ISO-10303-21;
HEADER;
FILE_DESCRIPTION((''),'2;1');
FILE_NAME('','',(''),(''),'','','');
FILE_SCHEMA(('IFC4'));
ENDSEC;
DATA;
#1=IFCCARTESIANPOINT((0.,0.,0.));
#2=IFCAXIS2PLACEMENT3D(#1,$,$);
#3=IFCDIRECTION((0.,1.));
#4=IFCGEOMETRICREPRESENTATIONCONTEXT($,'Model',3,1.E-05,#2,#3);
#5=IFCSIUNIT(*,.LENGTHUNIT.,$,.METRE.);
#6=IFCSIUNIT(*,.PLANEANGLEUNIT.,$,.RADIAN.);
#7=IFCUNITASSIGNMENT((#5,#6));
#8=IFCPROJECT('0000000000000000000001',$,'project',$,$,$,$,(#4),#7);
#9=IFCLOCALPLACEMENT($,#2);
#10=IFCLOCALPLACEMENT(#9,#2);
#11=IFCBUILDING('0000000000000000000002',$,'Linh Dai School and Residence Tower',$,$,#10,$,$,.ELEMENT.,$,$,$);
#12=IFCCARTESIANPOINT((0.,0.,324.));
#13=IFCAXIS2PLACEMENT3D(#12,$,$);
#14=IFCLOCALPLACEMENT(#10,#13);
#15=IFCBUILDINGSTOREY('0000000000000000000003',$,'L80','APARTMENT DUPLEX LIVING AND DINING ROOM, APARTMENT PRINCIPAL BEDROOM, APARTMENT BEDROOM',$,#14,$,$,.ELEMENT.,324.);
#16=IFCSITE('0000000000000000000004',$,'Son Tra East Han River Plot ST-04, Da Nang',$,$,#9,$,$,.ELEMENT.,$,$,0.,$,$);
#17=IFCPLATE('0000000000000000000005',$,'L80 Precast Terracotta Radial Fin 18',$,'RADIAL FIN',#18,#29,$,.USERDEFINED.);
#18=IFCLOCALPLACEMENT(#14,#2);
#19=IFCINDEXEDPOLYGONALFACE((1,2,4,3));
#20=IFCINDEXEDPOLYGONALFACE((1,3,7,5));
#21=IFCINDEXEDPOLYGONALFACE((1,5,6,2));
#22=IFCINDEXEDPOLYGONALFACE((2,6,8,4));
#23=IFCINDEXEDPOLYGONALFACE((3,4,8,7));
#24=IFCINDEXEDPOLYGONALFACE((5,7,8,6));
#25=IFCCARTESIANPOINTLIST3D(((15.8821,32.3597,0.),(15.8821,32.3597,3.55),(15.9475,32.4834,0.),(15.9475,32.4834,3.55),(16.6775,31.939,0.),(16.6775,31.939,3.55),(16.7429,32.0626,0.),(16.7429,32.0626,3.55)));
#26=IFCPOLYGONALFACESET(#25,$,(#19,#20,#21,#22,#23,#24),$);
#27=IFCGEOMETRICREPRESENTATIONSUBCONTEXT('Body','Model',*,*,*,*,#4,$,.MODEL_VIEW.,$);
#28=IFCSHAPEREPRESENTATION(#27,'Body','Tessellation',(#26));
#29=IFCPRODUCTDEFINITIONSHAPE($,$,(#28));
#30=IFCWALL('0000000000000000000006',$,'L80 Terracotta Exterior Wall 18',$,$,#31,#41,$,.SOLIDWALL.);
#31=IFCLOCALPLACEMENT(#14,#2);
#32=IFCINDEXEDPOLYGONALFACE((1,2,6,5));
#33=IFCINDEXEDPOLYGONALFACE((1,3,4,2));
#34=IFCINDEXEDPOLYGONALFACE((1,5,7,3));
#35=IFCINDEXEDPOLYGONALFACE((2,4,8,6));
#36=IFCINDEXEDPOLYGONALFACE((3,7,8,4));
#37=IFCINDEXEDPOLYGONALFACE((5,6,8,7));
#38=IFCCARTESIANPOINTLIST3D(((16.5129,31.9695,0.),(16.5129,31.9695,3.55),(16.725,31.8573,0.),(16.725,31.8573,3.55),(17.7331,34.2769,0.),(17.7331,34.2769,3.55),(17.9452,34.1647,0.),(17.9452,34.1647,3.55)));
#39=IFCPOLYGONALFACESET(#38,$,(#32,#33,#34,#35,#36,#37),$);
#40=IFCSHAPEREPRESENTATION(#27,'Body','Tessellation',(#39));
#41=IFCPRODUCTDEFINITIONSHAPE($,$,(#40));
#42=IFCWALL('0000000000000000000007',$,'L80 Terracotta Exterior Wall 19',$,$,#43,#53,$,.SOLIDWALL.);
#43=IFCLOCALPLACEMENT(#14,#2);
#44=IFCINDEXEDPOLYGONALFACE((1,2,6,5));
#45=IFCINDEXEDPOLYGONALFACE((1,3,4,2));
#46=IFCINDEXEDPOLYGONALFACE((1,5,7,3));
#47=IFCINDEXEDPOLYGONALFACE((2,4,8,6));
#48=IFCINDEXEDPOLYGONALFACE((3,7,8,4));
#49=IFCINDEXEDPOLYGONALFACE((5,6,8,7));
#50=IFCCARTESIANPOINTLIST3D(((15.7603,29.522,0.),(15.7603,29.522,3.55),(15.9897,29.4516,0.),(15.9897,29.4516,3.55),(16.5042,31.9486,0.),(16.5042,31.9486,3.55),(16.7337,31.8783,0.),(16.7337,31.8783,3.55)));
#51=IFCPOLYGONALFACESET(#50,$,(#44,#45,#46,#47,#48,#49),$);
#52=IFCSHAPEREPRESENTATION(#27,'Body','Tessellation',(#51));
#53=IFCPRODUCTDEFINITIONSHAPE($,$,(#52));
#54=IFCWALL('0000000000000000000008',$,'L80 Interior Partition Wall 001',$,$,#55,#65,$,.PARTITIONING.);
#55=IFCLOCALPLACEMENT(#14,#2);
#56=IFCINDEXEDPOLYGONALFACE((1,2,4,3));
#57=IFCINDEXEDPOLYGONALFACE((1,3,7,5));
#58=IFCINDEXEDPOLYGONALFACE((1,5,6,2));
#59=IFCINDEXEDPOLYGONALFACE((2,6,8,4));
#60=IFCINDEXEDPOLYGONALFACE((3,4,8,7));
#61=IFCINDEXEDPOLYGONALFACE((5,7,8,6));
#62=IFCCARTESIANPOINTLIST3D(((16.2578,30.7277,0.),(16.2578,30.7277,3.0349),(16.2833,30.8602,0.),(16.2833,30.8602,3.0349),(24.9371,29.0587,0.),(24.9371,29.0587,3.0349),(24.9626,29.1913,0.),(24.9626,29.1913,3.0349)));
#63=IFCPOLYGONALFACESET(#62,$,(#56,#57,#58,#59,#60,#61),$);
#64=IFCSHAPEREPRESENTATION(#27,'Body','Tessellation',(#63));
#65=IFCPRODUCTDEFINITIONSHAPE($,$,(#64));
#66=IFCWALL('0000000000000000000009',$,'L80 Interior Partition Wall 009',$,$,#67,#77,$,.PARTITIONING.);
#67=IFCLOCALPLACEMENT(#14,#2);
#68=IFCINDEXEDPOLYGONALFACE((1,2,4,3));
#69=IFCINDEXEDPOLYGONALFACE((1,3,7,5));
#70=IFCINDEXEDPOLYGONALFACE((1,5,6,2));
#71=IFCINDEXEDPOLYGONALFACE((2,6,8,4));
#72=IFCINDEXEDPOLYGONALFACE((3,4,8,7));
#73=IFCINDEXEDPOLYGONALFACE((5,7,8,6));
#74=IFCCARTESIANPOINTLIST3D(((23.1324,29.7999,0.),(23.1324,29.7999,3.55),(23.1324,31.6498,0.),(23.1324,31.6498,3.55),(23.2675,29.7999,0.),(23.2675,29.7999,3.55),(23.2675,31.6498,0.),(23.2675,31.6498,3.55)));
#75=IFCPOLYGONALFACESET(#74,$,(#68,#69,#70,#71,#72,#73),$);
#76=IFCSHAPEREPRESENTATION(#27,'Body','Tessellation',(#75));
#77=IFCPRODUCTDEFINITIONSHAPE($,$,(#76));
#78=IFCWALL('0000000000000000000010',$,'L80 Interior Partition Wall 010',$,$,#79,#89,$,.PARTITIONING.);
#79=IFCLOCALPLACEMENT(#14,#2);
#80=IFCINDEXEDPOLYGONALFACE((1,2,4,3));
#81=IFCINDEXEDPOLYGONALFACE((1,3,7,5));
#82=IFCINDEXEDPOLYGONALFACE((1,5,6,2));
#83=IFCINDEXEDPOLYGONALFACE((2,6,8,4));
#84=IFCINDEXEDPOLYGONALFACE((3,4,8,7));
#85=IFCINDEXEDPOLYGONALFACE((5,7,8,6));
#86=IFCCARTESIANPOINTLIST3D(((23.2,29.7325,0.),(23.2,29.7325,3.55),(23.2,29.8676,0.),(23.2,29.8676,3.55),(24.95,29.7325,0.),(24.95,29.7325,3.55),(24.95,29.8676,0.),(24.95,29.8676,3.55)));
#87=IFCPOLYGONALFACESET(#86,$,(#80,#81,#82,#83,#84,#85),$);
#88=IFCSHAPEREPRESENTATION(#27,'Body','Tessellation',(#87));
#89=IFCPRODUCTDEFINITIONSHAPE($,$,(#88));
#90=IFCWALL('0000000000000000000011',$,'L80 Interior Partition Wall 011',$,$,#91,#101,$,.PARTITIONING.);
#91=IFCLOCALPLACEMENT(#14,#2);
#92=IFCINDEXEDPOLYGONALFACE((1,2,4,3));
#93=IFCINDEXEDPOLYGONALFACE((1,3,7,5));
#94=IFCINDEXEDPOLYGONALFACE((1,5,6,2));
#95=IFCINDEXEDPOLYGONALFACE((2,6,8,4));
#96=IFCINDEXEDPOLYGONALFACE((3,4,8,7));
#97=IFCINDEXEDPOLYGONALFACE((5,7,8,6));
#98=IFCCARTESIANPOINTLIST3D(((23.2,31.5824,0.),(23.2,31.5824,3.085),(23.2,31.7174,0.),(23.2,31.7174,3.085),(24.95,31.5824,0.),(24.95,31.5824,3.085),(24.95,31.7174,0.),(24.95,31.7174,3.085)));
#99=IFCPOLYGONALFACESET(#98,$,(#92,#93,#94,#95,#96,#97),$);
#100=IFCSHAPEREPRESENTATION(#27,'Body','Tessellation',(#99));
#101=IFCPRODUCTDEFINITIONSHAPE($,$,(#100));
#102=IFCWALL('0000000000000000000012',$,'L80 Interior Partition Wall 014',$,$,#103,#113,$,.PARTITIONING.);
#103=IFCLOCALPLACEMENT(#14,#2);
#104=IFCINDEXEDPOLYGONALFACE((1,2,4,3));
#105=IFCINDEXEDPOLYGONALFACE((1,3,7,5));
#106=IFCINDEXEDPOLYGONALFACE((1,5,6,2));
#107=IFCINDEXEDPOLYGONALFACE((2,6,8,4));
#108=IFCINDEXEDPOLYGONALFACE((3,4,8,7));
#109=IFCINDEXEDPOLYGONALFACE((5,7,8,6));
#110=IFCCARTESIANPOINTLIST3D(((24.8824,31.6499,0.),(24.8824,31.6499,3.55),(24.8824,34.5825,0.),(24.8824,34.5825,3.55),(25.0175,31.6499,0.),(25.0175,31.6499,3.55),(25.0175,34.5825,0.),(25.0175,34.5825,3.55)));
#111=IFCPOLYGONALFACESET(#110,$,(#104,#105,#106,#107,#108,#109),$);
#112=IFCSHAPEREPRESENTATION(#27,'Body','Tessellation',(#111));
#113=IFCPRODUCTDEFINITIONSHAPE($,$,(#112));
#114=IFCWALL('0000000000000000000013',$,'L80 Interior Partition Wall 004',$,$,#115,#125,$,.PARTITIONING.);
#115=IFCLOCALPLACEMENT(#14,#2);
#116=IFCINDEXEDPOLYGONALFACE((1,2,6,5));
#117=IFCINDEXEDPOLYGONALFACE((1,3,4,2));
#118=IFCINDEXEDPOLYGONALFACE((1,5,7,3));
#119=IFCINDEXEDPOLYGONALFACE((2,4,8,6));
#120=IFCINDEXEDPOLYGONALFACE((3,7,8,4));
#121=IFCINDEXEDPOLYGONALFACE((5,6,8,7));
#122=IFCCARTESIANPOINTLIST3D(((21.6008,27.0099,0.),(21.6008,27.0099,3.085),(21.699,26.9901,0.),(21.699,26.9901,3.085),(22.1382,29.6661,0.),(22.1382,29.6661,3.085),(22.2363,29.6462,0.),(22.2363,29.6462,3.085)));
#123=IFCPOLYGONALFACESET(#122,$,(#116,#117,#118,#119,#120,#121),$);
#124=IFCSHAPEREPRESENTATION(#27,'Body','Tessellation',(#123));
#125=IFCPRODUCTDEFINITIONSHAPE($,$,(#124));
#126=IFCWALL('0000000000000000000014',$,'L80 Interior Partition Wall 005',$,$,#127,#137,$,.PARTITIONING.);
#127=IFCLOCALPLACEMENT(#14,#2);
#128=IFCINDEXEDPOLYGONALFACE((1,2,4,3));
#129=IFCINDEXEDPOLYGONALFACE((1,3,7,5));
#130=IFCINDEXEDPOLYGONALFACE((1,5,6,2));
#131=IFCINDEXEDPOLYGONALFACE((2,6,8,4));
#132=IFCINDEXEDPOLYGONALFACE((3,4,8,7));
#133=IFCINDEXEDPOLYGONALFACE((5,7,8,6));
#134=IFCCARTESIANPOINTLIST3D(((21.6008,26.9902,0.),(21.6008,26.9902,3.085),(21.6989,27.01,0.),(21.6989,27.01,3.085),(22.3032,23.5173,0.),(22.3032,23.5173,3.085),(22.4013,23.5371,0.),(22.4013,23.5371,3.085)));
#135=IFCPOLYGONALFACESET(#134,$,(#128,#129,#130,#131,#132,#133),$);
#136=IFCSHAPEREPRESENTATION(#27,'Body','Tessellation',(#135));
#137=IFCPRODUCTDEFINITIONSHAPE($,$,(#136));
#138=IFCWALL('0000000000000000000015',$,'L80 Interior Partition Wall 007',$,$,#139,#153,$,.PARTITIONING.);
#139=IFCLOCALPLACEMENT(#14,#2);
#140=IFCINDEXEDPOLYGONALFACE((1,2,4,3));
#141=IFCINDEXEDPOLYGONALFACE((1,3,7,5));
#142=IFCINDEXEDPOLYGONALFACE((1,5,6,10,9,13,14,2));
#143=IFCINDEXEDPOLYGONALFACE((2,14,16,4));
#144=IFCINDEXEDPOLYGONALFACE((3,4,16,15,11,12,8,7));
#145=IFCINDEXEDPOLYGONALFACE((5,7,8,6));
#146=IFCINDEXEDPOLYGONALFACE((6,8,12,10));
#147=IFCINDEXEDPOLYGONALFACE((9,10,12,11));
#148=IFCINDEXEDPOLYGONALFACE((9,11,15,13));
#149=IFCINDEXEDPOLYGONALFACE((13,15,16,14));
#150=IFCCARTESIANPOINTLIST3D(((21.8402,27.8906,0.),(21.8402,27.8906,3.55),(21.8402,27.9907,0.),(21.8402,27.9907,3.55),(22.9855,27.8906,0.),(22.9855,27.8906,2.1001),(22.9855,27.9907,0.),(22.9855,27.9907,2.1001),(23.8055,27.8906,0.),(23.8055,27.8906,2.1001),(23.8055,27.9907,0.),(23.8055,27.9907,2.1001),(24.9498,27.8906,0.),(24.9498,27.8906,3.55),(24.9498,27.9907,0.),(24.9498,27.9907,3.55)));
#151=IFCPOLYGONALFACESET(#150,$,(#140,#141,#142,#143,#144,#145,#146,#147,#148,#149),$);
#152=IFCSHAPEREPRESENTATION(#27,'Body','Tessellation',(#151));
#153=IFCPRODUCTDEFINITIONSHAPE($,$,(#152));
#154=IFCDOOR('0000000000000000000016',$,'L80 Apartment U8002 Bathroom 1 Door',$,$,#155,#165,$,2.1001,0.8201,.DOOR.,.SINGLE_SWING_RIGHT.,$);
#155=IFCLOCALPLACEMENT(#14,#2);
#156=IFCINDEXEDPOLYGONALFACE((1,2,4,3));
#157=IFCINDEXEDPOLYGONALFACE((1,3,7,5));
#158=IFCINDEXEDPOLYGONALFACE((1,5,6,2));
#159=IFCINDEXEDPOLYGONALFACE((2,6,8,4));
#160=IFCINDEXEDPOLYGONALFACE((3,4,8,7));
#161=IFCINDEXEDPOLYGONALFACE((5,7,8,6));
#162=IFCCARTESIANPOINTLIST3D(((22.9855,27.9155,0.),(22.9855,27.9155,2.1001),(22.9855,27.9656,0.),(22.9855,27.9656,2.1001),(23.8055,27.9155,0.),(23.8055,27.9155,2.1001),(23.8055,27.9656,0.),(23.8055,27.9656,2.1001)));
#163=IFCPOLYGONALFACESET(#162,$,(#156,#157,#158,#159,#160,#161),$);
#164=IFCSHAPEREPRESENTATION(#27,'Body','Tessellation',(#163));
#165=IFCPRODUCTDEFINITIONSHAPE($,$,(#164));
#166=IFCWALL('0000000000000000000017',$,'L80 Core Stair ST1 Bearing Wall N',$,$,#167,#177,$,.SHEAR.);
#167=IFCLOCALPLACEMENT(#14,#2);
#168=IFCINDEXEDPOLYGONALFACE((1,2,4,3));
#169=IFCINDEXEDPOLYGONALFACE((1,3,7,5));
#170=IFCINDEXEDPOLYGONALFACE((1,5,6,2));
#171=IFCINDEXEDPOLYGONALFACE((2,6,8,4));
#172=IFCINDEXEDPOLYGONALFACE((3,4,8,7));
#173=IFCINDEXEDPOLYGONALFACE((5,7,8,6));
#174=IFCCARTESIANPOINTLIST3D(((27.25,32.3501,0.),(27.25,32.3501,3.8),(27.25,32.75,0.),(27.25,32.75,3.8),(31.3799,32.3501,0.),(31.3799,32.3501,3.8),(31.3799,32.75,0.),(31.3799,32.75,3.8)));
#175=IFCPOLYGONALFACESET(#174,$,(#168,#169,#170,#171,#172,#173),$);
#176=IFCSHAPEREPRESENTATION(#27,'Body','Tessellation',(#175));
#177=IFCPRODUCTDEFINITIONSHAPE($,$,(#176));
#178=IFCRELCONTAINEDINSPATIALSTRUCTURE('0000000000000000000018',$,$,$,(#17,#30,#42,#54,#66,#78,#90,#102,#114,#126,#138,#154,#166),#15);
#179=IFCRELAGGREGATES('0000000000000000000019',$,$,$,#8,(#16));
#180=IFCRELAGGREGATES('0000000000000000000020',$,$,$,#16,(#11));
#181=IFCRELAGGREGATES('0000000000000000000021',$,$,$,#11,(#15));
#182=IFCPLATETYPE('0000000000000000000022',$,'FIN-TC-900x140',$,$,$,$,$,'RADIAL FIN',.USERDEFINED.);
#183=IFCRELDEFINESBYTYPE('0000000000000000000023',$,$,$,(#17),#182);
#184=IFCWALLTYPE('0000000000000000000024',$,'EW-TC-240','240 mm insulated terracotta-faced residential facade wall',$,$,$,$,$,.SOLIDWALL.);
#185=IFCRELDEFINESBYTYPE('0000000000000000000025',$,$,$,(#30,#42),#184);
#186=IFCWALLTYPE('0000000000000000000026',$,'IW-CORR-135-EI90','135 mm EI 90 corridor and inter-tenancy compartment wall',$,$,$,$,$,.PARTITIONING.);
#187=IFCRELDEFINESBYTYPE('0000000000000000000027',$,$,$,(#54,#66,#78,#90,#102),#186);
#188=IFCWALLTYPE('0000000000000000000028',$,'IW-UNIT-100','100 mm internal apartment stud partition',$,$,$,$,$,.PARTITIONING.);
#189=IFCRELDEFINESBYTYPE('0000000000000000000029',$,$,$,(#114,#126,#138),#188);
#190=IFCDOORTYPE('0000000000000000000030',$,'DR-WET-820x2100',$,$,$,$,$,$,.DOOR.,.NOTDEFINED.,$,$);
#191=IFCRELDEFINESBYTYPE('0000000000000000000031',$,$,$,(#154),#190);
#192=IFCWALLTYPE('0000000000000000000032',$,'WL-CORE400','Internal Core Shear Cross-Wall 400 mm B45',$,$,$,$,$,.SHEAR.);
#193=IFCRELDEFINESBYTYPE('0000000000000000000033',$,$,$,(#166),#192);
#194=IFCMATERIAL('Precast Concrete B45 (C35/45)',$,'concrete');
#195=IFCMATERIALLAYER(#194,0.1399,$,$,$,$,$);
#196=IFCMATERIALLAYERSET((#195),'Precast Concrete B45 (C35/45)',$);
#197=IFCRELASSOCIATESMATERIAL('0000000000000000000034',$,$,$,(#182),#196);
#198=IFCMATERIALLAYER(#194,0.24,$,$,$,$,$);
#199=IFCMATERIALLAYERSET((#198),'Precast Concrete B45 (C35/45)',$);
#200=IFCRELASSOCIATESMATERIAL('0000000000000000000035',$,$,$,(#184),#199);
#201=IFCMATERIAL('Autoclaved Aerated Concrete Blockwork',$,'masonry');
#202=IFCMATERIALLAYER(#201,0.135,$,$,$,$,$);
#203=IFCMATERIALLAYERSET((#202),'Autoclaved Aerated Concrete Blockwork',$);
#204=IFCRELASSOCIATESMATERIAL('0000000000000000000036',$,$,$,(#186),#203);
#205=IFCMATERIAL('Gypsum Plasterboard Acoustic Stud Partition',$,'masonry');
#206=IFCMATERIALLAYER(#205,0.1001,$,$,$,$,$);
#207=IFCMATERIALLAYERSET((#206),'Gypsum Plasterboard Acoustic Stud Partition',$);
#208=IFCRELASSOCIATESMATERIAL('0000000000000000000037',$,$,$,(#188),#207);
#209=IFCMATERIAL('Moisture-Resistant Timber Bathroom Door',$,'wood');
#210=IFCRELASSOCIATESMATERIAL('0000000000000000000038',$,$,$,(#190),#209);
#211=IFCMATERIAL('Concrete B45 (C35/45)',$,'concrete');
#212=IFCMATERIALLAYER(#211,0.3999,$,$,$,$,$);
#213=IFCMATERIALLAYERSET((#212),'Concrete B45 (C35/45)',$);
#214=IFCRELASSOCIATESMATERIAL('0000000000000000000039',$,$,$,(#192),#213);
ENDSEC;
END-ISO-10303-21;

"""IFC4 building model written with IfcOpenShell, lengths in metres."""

from ifc_helpers import new_model, si_unit, direction, frame, frame_2d, origin, origin_2d, place, context, subcontext, project, spatial, rectangle, extrude, source, transform, mapped, material, layer, layer_set, type_object, element, fill, save


model = new_model("IFC4")

# Units and contexts
model_context = context("Model", 3, precision=1e-05, world=origin(), true_north=direction((0.0, 1.0)))
body_context = subcontext(model_context, "Body", "Model", "MODEL_VIEW")
ifc_project = project(units=[si_unit("LENGTHUNIT", "METRE"), si_unit("PLANEANGLEUNIT", "RADIAN")], contexts=[model_context])

# Site, building, storey
site_placement = place(None, origin())
site = spatial("IfcSite", under=ifc_project, at=site_placement, Name="Son Tra East Han River Plot ST-04, Da Nang", CompositionType="ELEMENT", RefElevation=0.0)
building_placement = place(site_placement, origin())
building = spatial("IfcBuilding", under=site, at=building_placement, Name="Linh Dai School and Residence Tower", CompositionType="ELEMENT")
storey_placement = place(building_placement, frame((0.0, 0.0, 324.0)))
storey = spatial("IfcBuildingStorey", under=building, at=storey_placement, Name="L80", Description="APARTMENT DUPLEX LIVING AND DINING ROOM, APARTMENT PRINCIPAL BEDROOM, APARTMENT BEDROOM", CompositionType="ELEMENT", Elevation=324.0)

# Plate
ifc_material_1 = material(Name="Precast Concrete B45 (C35/45)", Category="concrete")
ifc_layer_1 = layer(ifc_material_1, 0.1399)
ifc_layer_set_1 = layer_set([ifc_layer_1], Name="Precast Concrete B45 (C35/45)")
plate_type = type_object("IfcPlateType", Name="FIN-TC-900x140", ElementType="RADIAL FIN", PredefinedType="USERDEFINED", material=ifc_layer_set_1)
shared_shape_1 = source(origin(), body_context, "Body", "SweptSolid", [
    extrude(rectangle(XDim=0.8999, YDim=0.1399, at=origin_2d()), origin(), (0.0, 0.0, 1.0), 3.55),
])
plate_placement = place(storey_placement, frame((16.3125, 32.2112, 0.0), z_axis=(0.0, 0.0, 1.0), x_axis=(-0.883972, 0.46754, 0.0)))
element("IfcPlate", 1, at=plate_placement, inside=storey, type_object=plate_type, Name="L80 Precast Terracotta Radial Fin 18", ObjectType="RADIAL FIN", PredefinedType="USERDEFINED", context=body_context, shape_type="MappedRepresentation", body=[
    mapped(shared_shape_1, transform((0.0, 0.0, 0.0), x_axis=(1.0, 0.0, 0.0), y_axis=(0.0, 1.0, 0.0), z_axis=(0.0, 0.0, 1.0), scale=1.0)),
])

# Walls
ifc_layer_2 = layer(ifc_material_1, 0.24)
ifc_layer_set_2 = layer_set([ifc_layer_2], Name="Precast Concrete B45 (C35/45)")
wall_type_1 = type_object("IfcWallType", Name="EW-TC-240", Description="240 mm insulated terracotta-faced residential facade wall", PredefinedType="SOLIDWALL", material=ifc_layer_set_2)
wall_1_placement = place(storey_placement, frame((16.6189, 31.9133, 0.0), z_axis=(0.0, 0.0, 1.0), x_axis=(0.467488, 0.883999, 0.0)))
element("IfcWall", 2, at=wall_1_placement, inside=storey, type_object=wall_type_1, Name="L80 Terracotta Exterior Wall 18", PredefinedType="SOLIDWALL", context=body_context, shape_type="SweptSolid", body=[
    extrude(rectangle(XDim=2.6101, YDim=0.24, at=frame_2d((1.3052, 0.0))), origin(), (0.0, 0.0, 1.0), 3.55),
])
wall_2_placement = place(storey_placement, frame((15.875, 29.4868, 0.0), z_axis=(0.0, 0.0, 1.0), x_axis=(0.293106, 0.95608, 0.0)))
element("IfcWall", 3, at=wall_2_placement, inside=storey, type_object=wall_type_1, Name="L80 Terracotta Exterior Wall 19", PredefinedType="SOLIDWALL", context=body_context, shape_type="SweptSolid", body=[
    extrude(rectangle(XDim=2.5381, YDim=0.24, at=frame_2d((1.269, 0.0))), origin(), (0.0, 0.0, 1.0), 3.55),
])
ifc_material_2 = material(Name="Autoclaved Aerated Concrete Blockwork", Category="masonry")
ifc_layer_3 = layer(ifc_material_2, 0.135)
ifc_layer_set_3 = layer_set([ifc_layer_3], Name="Autoclaved Aerated Concrete Blockwork")
wall_type_2 = type_object("IfcWallType", Name="IW-CORR-135-EI90", Description="135 mm EI 90 corridor and inter-tenancy compartment wall", PredefinedType="PARTITIONING", material=ifc_layer_set_3)
wall_3_placement = place(storey_placement, frame((16.2705, 30.7939, 0.0), z_axis=(0.0, 0.0, 1.0), x_axis=(0.98201, -0.188828, 0.0)))
element("IfcWall", 4, at=wall_3_placement, inside=storey, type_object=wall_type_2, Name="L80 Interior Partition Wall 001", PredefinedType="PARTITIONING", context=body_context, shape_type="SweptSolid", body=[
    extrude(rectangle(XDim=8.8384, YDim=0.135, at=frame_2d((4.4192, 0.0))), origin(), (0.0, 0.0, 1.0), 3.0349),
])
wall_4_placement = place(storey_placement, frame((23.2, 29.8, 0.0), z_axis=(0.0, 0.0, 1.0), x_axis=(0.0, 1.0, 0.0)))
element("IfcWall", 5, at=wall_4_placement, inside=storey, type_object=wall_type_2, Name="L80 Interior Partition Wall 009", PredefinedType="PARTITIONING", context=body_context, shape_type="SweptSolid", body=[
    extrude(rectangle(XDim=1.8499, YDim=0.135, at=frame_2d((0.9248, 0.0))), origin(), (0.0, 0.0, 1.0), 3.55),
])
wall_5_placement = place(storey_placement, frame((23.2, 29.8, 0.0), z_axis=(0.0, 0.0, 1.0), x_axis=(1.0, 0.0, 0.0)))
element("IfcWall", 6, at=wall_5_placement, inside=storey, type_object=wall_type_2, Name="L80 Interior Partition Wall 010", PredefinedType="PARTITIONING", context=body_context, shape_type="SweptSolid", body=[
    extrude(rectangle(XDim=1.75, YDim=0.135, at=frame_2d((0.875, 0.0))), origin(), (0.0, 0.0, 1.0), 3.55),
])
wall_6_placement = place(storey_placement, frame((23.2, 31.6499, 0.0), z_axis=(0.0, 0.0, 1.0), x_axis=(1.0, 0.0, 0.0)))
element("IfcWall", 7, at=wall_6_placement, inside=storey, type_object=wall_type_2, Name="L80 Interior Partition Wall 011", PredefinedType="PARTITIONING", context=body_context, shape_type="SweptSolid", body=[
    extrude(rectangle(XDim=1.75, YDim=0.135, at=frame_2d((0.875, 0.0))), origin(), (0.0, 0.0, 1.0), 3.085),
])
wall_7_placement = place(storey_placement, frame((24.95, 31.6499, 0.0), z_axis=(0.0, 0.0, 1.0), x_axis=(0.0, 1.0, 0.0)))
element("IfcWall", 8, at=wall_7_placement, inside=storey, type_object=wall_type_2, Name="L80 Interior Partition Wall 014", PredefinedType="PARTITIONING", context=body_context, shape_type="SweptSolid", body=[
    extrude(rectangle(XDim=2.9326, YDim=0.135, at=frame_2d((1.4663, 0.0))), origin(), (0.0, 0.0, 1.0), 3.55),
])
ifc_material_3 = material(Name="Gypsum Plasterboard Acoustic Stud Partition", Category="masonry")
ifc_layer_4 = layer(ifc_material_3, 0.1001)
ifc_layer_set_4 = layer_set([ifc_layer_4], Name="Gypsum Plasterboard Acoustic Stud Partition")
wall_type_3 = type_object("IfcWallType", Name="IW-UNIT-100", Description="100 mm internal apartment stud partition", PredefinedType="PARTITIONING", material=ifc_layer_set_4)
wall_8_placement = place(storey_placement, frame((21.6499, 27.0, 0.0), z_axis=(0.0, 0.0, 1.0), x_axis=(0.198281, 0.980145, 0.0)))
element("IfcWall", 9, at=wall_8_placement, inside=storey, type_object=wall_type_3, Name="L80 Interior Partition Wall 004", PredefinedType="PARTITIONING", context=body_context, shape_type="SweptSolid", body=[
    extrude(rectangle(XDim=2.71, YDim=0.1001, at=frame_2d((1.355, 0.0))), origin(), (0.0, 0.0, 1.0), 3.085),
])
wall_9_placement = place(storey_placement, frame((21.6499, 27.0, 0.0), z_axis=(0.0, 0.0, 1.0), x_axis=(0.198236, -0.980154, 0.0)))
element("IfcWall", 10, at=wall_9_placement, inside=storey, type_object=wall_type_3, Name="L80 Interior Partition Wall 005", PredefinedType="PARTITIONING", context=body_context, shape_type="SweptSolid", body=[
    extrude(rectangle(XDim=3.5432, YDim=0.1001, at=frame_2d((1.7715, 0.0))), origin(), (0.0, 0.0, 1.0), 3.085),
])

# Wall, opening, door
wall_10_placement = place(storey_placement, frame((21.8403, 27.9407, 0.0), z_axis=(0.0, 0.0, 1.0), x_axis=(1.0, 0.0, 0.0)))
wall_10 = element("IfcWall", 11, at=wall_10_placement, inside=storey, type_object=wall_type_3, Name="L80 Interior Partition Wall 007", PredefinedType="PARTITIONING", context=body_context, shape_type="SweptSolid", body=[
    extrude(rectangle(XDim=3.1096, YDim=0.1001, at=frame_2d((1.5547, 0.0))), origin(), (0.0, 0.0, 1.0), 3.55),
])
opening_placement = place(wall_10_placement, frame((1.145, 0.0, 0.0)))
opening = element("IfcOpeningElement", 12, at=opening_placement, cuts=wall_10, PredefinedType="OPENING", context=body_context, shape_type="SweptSolid", body=[
    extrude(rectangle(XDim=0.8201, YDim=2.1001, at=origin_2d()), frame((0.4102, 0.0601, 1.05), z_axis=(0.0, -1.0, 0.0), x_axis=(1.0, 0.0, 0.0)), (0.0, 0.0, 1.0), 0.1201),
])
ifc_material_4 = material(Name="Moisture-Resistant Timber Bathroom Door", Category="wood")
door_type = type_object("IfcDoorType", Name="DR-WET-820x2100", OperationType="NOTDEFINED", PredefinedType="DOOR", material=ifc_material_4)
shared_shape_2 = source(origin(), body_context, "Body", "SweptSolid", [
    extrude(rectangle(XDim=0.8201, YDim=2.1001, at=origin_2d()), frame((0.4102, 0.0249, 1.05), z_axis=(0.0, -1.0, 0.0), x_axis=(1.0, 0.0, 0.0)), (0.0, 0.0, 1.0), 0.05),
])
door_placement = place(opening_placement, origin())
door = element("IfcDoor", 13, at=door_placement, inside=storey, type_object=door_type, Name="L80 Apartment U8002 Bathroom 1 Door", OperationType="SINGLE_SWING_RIGHT", OverallHeight=2.1001, OverallWidth=0.8201, PredefinedType="DOOR", context=body_context, shape_type="MappedRepresentation", body=[
    mapped(shared_shape_2, transform((0.0, 0.0, 0.0), x_axis=(1.0, 0.0, 0.0), y_axis=(0.0, 1.0, 0.0), z_axis=(0.0, 0.0, 1.0), scale=1.0)),
])
fill(opening, door)

# Wall
ifc_material_5 = material(Name="Concrete B45 (C35/45)", Category="concrete")
ifc_layer_5 = layer(ifc_material_5, 0.3999)
ifc_layer_set_5 = layer_set([ifc_layer_5], Name="Concrete B45 (C35/45)")
wall_type_4 = type_object("IfcWallType", Name="WL-CORE400", Description="Internal Core Shear Cross-Wall 400 mm B45", PredefinedType="SHEAR", material=ifc_layer_set_5)
wall_11_placement = place(storey_placement, frame((27.25, 32.55, 0.0), z_axis=(0.0, 0.0, 1.0), x_axis=(1.0, 0.0, 0.0)))
element("IfcWall", 14, at=wall_11_placement, inside=storey, type_object=wall_type_4, Name="L80 Core Stair ST1 Bearing Wall N", PredefinedType="SHEAR", context=body_context, shape_type="SweptSolid", body=[
    extrude(rectangle(XDim=4.1299, YDim=0.3999, at=frame_2d((2.0649, 0.0))), origin(), (0.0, 0.0, 1.0), 3.8),
])

save(model, "model.ifc")
